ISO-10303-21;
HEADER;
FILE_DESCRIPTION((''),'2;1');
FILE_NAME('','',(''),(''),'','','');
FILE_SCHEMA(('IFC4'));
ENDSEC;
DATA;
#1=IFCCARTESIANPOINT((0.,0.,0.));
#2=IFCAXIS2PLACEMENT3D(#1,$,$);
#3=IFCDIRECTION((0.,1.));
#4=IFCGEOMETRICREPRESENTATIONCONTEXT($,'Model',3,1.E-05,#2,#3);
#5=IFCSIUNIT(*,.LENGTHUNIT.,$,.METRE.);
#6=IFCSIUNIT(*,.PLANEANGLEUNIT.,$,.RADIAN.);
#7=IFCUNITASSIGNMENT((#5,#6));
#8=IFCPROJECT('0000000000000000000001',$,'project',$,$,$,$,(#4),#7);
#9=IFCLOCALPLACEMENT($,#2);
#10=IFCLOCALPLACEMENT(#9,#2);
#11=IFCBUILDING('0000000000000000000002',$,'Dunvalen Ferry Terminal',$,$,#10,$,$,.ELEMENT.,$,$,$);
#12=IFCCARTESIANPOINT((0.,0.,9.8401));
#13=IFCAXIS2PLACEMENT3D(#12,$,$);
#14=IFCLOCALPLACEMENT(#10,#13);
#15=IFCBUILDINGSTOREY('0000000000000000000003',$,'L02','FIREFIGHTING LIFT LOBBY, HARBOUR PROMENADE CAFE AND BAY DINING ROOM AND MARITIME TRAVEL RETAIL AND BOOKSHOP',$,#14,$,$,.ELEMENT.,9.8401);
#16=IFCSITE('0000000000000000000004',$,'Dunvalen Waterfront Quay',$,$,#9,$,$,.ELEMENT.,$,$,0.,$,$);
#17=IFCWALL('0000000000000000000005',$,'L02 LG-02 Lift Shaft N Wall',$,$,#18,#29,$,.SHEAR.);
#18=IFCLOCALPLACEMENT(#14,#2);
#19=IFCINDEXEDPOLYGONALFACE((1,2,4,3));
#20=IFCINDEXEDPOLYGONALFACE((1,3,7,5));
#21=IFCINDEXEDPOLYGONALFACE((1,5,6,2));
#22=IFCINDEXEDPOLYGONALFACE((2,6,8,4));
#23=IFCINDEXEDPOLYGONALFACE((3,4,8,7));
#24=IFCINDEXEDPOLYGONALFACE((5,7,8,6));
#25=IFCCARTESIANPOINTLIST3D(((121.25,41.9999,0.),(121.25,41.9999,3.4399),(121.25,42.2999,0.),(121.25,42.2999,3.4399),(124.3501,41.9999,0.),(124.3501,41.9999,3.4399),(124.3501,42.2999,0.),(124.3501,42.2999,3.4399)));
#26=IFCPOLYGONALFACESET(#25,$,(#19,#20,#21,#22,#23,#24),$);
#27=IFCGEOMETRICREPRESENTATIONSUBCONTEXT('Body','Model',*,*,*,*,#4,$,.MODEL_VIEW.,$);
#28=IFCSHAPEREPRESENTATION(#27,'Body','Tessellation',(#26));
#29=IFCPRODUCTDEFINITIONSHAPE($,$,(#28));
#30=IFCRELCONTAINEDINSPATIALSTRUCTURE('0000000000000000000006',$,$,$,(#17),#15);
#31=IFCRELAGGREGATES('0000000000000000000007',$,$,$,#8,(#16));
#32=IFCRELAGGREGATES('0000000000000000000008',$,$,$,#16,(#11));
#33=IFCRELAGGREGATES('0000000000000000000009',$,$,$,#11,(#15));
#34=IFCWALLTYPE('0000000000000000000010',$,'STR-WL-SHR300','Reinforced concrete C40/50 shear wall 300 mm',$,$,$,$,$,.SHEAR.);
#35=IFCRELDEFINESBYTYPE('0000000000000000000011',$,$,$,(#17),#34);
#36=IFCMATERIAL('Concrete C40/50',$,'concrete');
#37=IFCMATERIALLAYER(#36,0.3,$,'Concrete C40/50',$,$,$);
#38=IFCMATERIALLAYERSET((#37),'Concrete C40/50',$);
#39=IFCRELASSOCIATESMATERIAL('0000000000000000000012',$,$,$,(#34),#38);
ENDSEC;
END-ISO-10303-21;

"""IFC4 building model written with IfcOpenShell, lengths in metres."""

from ifc_helpers import new_model, si_unit, direction, frame, frame_2d, origin, place, context, subcontext, project, spatial, rectangle, extrude, material, layer, layer_set, type_object, element, save


model = new_model("IFC4")

# Units and contexts
model_context = context("Model", 3, precision=1e-05, world=origin(), true_north=direction((0.0, 1.0)))
body_context = subcontext(model_context, "Body", "Model", "MODEL_VIEW")
ifc_project = project(units=[si_unit("LENGTHUNIT", "METRE"), si_unit("PLANEANGLEUNIT", "RADIAN")], contexts=[model_context])

# Site, building, storey
site_placement = place(None, origin())
site = spatial("IfcSite", under=ifc_project, at=site_placement, Name="Dunvalen Waterfront Quay", CompositionType="ELEMENT", RefElevation=0.0)
building_placement = place(site_placement, origin())
building = spatial("IfcBuilding", under=site, at=building_placement, Name="Dunvalen Ferry Terminal", CompositionType="ELEMENT")
storey_placement = place(building_placement, frame((0.0, 0.0, 9.8401)))
storey = spatial("IfcBuildingStorey", under=building, at=storey_placement, Name="L02", Description="FIREFIGHTING LIFT LOBBY, HARBOUR PROMENADE CAFE AND BAY DINING ROOM AND MARITIME TRAVEL RETAIL AND BOOKSHOP", CompositionType="ELEMENT", Elevation=9.8401)

# Shared definitions
ifc_material_1 = material(Name="Concrete C40/50", Category="concrete")

# Wall
ifc_layer_1 = layer(ifc_material_1, 0.3, Name="Concrete C40/50")
ifc_layer_set_1 = layer_set([ifc_layer_1], Name="Concrete C40/50")
wall_type = type_object("IfcWallType", Name="STR-WL-SHR300", Description="Reinforced concrete C40/50 shear wall 300 mm", PredefinedType="SHEAR", material=ifc_layer_set_1)
wall_placement = place(storey_placement, frame((121.25, 42.1499, 0.0), z_axis=(0.0, 0.0, 1.0), x_axis=(1.0, 0.0, 0.0)))
element("IfcWall", 1, at=wall_placement, inside=storey, type_object=wall_type, Name="L02 LG-02 Lift Shaft N Wall", PredefinedType="SHEAR", context=body_context, shape_type="SweptSolid", body=[
    extrude(rectangle(XDim=3.1001, YDim=0.3, at=frame_2d((1.55, 0.0))), origin(), (0.0, 0.0, 1.0), 3.4399),
])

save(model, "model.ifc")
